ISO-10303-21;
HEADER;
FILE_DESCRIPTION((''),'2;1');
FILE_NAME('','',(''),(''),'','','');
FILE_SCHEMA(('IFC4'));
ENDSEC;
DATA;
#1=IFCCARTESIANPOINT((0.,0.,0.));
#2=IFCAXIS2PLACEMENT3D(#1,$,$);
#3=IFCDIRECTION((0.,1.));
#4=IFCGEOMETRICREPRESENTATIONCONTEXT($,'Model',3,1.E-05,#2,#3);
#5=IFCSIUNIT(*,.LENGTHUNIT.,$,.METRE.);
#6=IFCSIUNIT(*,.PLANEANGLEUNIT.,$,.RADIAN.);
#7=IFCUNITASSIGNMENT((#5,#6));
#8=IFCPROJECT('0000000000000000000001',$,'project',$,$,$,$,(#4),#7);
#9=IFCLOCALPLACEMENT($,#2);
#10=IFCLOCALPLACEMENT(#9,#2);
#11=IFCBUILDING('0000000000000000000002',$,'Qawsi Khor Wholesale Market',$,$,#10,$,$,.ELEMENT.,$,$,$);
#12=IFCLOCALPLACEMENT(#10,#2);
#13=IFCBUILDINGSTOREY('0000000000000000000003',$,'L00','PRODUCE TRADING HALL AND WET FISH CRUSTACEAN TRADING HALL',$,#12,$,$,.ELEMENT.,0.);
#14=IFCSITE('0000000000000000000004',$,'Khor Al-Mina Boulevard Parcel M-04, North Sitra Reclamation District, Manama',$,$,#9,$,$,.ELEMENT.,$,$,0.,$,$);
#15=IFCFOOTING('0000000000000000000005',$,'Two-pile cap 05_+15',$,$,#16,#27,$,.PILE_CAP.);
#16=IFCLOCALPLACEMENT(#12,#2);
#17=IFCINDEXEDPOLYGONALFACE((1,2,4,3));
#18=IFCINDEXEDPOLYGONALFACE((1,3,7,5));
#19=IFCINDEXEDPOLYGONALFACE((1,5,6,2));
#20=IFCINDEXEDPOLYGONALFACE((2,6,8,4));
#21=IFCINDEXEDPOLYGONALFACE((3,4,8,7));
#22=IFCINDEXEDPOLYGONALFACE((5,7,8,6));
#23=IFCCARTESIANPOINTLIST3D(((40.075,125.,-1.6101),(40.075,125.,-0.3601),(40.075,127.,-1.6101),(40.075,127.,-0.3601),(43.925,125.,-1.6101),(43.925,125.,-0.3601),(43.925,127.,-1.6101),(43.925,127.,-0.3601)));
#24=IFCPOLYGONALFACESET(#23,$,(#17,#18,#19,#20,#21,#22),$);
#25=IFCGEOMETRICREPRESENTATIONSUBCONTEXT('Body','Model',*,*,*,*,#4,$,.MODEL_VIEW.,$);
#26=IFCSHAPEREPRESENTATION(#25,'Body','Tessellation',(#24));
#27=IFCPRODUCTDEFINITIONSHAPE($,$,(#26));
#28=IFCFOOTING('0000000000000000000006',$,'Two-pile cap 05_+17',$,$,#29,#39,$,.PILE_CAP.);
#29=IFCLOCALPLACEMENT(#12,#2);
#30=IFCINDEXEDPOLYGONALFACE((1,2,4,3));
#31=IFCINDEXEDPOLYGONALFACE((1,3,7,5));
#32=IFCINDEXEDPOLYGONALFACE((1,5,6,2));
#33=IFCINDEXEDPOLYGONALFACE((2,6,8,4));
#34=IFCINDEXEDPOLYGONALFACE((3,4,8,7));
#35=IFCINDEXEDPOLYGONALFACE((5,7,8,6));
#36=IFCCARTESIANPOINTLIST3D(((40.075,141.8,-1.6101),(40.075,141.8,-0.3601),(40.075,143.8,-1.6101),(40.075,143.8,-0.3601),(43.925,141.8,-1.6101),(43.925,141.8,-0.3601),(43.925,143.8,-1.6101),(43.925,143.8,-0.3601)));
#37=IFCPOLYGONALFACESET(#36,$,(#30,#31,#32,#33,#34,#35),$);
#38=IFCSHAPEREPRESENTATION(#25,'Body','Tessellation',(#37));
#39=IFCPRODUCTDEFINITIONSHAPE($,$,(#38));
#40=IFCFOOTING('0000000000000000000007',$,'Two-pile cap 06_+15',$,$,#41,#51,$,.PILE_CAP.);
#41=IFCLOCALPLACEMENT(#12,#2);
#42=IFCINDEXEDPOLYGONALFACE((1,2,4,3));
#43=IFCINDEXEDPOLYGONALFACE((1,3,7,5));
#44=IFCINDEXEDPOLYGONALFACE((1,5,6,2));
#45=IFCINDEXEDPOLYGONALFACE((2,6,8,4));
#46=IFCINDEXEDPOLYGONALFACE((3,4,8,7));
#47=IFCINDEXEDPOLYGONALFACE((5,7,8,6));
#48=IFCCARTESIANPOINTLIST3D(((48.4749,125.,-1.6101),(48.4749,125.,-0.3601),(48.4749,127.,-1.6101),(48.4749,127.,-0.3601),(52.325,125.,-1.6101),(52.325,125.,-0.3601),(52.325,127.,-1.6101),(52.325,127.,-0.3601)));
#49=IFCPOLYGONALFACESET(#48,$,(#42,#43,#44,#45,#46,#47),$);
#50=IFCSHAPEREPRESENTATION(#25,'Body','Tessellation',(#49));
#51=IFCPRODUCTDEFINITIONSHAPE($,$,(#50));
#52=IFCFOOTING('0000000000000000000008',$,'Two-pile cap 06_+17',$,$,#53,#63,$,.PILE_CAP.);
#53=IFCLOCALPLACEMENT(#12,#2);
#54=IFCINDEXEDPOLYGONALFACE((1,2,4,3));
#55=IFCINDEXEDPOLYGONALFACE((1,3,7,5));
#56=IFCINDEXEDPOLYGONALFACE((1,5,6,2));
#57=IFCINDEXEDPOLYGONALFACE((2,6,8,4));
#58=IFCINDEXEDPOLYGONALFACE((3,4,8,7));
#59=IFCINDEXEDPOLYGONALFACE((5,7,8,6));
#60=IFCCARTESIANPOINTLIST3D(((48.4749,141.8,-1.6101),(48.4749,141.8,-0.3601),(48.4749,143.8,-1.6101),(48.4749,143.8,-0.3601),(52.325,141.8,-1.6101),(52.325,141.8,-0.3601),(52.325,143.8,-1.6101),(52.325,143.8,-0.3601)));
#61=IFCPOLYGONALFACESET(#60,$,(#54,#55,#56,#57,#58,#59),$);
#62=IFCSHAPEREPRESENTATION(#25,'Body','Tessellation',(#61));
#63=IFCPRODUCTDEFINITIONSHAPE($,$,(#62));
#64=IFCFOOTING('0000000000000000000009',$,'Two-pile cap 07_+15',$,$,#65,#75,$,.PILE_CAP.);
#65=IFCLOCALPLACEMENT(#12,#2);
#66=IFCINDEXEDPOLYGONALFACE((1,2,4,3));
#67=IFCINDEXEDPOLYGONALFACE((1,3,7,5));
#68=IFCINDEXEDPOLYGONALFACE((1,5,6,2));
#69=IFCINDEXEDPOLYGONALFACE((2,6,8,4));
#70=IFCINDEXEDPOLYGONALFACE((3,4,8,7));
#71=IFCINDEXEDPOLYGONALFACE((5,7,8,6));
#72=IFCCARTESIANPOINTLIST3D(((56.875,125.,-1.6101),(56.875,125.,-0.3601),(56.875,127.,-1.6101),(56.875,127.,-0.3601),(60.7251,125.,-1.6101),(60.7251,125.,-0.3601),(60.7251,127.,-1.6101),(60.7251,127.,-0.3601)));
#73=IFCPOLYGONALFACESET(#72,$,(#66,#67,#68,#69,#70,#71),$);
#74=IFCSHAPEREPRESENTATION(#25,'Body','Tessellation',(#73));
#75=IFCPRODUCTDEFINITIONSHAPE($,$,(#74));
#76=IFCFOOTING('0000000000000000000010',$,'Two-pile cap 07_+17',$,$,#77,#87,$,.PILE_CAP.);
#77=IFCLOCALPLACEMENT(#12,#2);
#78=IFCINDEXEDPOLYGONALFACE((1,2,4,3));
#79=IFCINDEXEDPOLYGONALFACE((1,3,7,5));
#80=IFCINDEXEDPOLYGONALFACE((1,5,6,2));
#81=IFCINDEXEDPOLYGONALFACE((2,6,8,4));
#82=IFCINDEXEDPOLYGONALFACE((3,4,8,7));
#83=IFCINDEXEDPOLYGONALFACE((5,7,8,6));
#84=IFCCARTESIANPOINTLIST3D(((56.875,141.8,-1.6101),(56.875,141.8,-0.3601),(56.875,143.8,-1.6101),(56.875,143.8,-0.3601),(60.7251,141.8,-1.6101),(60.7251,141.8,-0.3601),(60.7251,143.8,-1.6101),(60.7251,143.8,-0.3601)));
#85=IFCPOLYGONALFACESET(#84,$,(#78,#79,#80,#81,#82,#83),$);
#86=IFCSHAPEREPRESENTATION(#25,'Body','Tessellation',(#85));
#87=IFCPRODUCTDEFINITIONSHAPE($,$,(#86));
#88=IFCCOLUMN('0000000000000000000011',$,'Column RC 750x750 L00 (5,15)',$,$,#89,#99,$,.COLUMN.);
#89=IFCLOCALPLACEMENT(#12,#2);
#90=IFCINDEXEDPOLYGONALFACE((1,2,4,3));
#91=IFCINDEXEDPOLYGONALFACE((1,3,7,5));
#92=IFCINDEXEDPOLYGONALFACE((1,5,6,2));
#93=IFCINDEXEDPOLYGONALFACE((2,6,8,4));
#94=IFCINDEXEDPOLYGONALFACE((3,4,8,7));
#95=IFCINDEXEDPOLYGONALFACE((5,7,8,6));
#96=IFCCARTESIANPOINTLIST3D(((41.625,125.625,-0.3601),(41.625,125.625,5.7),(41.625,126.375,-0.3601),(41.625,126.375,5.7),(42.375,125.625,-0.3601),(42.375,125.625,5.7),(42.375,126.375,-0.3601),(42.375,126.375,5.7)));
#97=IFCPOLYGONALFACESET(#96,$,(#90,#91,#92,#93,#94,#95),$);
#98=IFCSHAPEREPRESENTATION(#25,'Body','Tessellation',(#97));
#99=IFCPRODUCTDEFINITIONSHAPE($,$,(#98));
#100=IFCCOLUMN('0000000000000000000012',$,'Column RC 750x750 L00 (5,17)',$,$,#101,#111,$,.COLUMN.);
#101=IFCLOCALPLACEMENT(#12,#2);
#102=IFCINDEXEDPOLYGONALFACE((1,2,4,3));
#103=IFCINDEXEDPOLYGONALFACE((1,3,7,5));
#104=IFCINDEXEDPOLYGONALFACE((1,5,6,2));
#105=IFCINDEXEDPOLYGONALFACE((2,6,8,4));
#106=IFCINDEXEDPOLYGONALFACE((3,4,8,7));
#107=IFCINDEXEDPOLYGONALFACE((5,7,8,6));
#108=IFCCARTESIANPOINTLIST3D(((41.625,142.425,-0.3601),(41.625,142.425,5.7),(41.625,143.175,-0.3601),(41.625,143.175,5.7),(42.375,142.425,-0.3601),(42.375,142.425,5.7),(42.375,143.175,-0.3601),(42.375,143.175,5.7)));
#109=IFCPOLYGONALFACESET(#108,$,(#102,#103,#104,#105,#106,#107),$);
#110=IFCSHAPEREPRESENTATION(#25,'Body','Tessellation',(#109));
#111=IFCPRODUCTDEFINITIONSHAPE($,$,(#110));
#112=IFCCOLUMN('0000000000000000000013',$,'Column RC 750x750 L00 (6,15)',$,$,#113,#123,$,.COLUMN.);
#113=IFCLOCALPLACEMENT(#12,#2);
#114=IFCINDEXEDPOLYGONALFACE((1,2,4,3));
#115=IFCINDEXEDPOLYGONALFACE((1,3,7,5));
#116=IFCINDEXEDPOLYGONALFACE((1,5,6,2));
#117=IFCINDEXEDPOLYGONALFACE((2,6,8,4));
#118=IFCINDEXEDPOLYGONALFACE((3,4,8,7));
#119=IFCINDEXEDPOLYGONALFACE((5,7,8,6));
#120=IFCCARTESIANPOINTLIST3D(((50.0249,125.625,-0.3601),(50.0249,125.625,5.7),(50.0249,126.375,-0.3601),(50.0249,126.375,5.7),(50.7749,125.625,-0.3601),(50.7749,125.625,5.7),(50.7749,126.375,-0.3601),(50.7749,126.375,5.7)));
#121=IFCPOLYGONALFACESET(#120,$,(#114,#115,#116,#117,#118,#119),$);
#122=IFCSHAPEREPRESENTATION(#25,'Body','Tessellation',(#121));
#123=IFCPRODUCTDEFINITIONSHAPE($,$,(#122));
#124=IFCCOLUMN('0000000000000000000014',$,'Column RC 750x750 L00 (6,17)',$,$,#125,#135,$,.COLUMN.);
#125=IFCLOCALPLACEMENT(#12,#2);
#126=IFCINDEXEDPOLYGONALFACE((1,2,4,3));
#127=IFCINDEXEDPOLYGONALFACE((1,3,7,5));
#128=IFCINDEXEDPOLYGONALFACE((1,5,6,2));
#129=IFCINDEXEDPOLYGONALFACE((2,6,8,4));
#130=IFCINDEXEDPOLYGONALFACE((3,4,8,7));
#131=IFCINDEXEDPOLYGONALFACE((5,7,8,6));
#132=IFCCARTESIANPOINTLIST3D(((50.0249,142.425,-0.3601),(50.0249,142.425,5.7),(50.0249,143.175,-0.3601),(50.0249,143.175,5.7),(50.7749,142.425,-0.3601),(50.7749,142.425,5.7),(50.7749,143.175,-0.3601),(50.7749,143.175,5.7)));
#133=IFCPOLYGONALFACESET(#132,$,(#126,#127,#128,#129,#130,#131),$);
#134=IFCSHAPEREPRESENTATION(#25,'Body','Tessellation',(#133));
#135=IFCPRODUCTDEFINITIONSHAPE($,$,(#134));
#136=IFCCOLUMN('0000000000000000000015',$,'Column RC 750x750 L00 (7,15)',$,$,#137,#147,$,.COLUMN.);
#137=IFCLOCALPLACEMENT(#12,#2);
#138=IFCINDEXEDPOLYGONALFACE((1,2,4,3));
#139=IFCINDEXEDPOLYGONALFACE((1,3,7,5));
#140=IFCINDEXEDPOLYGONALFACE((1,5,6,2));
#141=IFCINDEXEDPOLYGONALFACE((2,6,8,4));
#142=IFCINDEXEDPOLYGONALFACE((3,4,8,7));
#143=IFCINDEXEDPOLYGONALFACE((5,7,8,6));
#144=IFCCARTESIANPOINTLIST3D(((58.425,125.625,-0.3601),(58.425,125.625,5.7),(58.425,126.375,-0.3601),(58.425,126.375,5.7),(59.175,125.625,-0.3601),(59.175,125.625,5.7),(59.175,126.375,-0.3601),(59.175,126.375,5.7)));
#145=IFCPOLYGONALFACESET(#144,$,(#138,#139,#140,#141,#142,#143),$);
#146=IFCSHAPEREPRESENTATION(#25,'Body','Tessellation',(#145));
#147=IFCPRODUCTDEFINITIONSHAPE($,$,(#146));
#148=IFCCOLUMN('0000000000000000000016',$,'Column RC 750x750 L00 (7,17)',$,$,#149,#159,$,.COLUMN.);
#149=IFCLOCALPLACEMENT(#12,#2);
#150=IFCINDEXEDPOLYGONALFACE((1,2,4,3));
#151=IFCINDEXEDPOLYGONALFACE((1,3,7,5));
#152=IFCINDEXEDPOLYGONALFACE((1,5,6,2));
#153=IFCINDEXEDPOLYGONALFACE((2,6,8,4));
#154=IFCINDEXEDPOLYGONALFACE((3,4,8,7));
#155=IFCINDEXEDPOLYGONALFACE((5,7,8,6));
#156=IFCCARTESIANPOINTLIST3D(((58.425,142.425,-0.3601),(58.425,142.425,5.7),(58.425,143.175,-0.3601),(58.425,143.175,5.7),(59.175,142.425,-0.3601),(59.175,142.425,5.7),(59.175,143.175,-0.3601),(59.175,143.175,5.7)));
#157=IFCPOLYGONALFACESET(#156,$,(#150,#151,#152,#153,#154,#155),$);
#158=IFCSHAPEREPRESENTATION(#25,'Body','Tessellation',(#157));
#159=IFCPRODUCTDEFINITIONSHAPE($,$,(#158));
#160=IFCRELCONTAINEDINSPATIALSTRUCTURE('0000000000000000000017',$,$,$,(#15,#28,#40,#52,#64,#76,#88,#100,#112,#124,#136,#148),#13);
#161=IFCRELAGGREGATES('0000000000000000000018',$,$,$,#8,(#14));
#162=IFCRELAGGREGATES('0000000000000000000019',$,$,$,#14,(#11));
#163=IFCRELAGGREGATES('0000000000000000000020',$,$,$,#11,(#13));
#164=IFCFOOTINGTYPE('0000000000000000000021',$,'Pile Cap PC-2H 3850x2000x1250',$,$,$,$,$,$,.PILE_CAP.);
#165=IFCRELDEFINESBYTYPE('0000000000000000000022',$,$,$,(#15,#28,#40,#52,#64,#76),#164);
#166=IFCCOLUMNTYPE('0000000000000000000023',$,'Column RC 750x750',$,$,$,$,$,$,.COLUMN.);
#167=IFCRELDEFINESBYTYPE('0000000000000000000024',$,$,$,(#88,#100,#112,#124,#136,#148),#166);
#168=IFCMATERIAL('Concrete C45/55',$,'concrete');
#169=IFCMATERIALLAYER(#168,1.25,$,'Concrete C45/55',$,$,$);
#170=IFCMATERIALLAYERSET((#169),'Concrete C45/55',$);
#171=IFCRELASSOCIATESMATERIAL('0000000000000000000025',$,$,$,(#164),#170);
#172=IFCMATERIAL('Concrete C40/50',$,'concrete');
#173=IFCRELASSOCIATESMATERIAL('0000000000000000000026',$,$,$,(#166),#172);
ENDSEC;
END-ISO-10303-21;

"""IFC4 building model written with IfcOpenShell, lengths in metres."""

from ifc_helpers import new_model, si_unit, direction, frame, origin, origin_2d, place, context, subcontext, project, spatial, rectangle, extrude, material, layer, layer_set, material_profile, profile_set, type_object, element, save


model = new_model("IFC4")

# Units and contexts
model_context = context("Model", 3, precision=1e-05, world=origin(), true_north=direction((0.0, 1.0)))
body_context = subcontext(model_context, "Body", "Model", "MODEL_VIEW")
ifc_project = project(units=[si_unit("LENGTHUNIT", "METRE"), si_unit("PLANEANGLEUNIT", "RADIAN")], contexts=[model_context])

# Site, building, storey
site_placement = place(None, origin())
site = spatial("IfcSite", under=ifc_project, at=site_placement, Name="Khor Al-Mina Boulevard Parcel M-04, North Sitra Reclamation District, Manama", CompositionType="ELEMENT", RefElevation=0.0)
building_placement = place(site_placement, origin())
building = spatial("IfcBuilding", under=site, at=building_placement, Name="Qawsi Khor Wholesale Market", CompositionType="ELEMENT")
storey_placement = place(building_placement, origin())
storey = spatial("IfcBuildingStorey", under=building, at=storey_placement, Name="L00", Description="PRODUCE TRADING HALL AND WET FISH CRUSTACEAN TRADING HALL", CompositionType="ELEMENT", Elevation=0.0)

# Shared definitions
ifc_material_1 = material(Name="Concrete C45/55", Category="concrete")

# Footings
ifc_layer = layer(ifc_material_1, 1.25, Name="Concrete C45/55")
ifc_layer_set = layer_set([ifc_layer], Name="Concrete C45/55")
footing_type_1 = type_object("IfcFootingType", Name="Pile Cap PC-2H 3850x2000x1250", PredefinedType="PILE_CAP", material=ifc_layer_set)
for number, where, z_axis, x_axis, name in (
    (1, (42.0, 126.0, -1.6101), (0.0, 0.0, 1.0), (1.0, 0.0, 0.0), "Two-pile cap 05_+15"),
    (2, (42.0, 142.8, -1.6101), (0.0, 0.0, 1.0), (1.0, 0.0, 0.0), "Two-pile cap 05_+17"),
    (3, (50.3999, 126.0, -1.6101), (0.0, 0.0, 1.0), (1.0, 0.0, 0.0), "Two-pile cap 06_+15"),
    (4, (50.3999, 142.8, -1.6101), (0.0, 0.0, 1.0), (1.0, 0.0, 0.0), "Two-pile cap 06_+17"),
    (5, (58.8, 126.0, -1.6101), (0.0, 0.0, 1.0), (1.0, 0.0, 0.0), "Two-pile cap 07_+15"),
    (6, (58.8, 142.8, -1.6101), (0.0, 0.0, 1.0), (1.0, 0.0, 0.0), "Two-pile cap 07_+17"),
):
    element("IfcFooting", number, at=place(storey_placement, frame(where, z_axis=z_axis, x_axis=x_axis)), inside=storey, type_object=footing_type_1, Name=name, PredefinedType="PILE_CAP", context=body_context, shape_type="SweptSolid", body=[
        extrude(rectangle(XDim=3.8501, YDim=2.0, at=origin_2d()), origin(), (0.0, 0.0, 1.0), 1.25),
    ])

# Columns
ifc_material_2 = material(Name="Concrete C40/50", Category="concrete")
ifc_material_profile_1 = material_profile(ifc_material_2, rectangle(XDim=0.75, YDim=0.75, at=origin_2d()), Name="RC 750x750")
ifc_profile_set_1 = profile_set([ifc_material_profile_1], Name="Concrete C40/50")
column_type = type_object("IfcColumnType", Name="Column RC 750x750", PredefinedType="COLUMN", material=ifc_profile_set_1)
for number, where, z_axis, x_axis, name in (
    (7, (42.0, 126.0, -0.3601), (0.0, 0.0, 1.0), (1.0, 0.0, 0.0), "Column RC 750x750 L00 (5,15)"),
    (8, (42.0, 142.8, -0.3601), (0.0, 0.0, 1.0), (1.0, 0.0, 0.0), "Column RC 750x750 L00 (5,17)"),
    (9, (50.3999, 126.0, -0.3601), (0.0, 0.0, 1.0), (1.0, 0.0, 0.0), "Column RC 750x750 L00 (6,15)"),
    (10, (50.3999, 142.8, -0.3601), (0.0, 0.0, 1.0), (1.0, 0.0, 0.0), "Column RC 750x750 L00 (6,17)"),
    (11, (58.8, 126.0, -0.3601), (0.0, 0.0, 1.0), (1.0, 0.0, 0.0), "Column RC 750x750 L00 (7,15)"),
    (12, (58.8, 142.8, -0.3601), (0.0, 0.0, 1.0), (1.0, 0.0, 0.0), "Column RC 750x750 L00 (7,17)"),
):
    element("IfcColumn", number, at=place(storey_placement, frame(where, z_axis=z_axis, x_axis=x_axis)), inside=storey, type_object=column_type, Name=name, PredefinedType="COLUMN", context=body_context, shape_type="SweptSolid", body=[
        extrude(rectangle(XDim=0.75, YDim=0.75, at=origin_2d()), origin(), (0.0, 0.0, 1.0), 6.0601),
    ])

save(model, "model.ifc")
